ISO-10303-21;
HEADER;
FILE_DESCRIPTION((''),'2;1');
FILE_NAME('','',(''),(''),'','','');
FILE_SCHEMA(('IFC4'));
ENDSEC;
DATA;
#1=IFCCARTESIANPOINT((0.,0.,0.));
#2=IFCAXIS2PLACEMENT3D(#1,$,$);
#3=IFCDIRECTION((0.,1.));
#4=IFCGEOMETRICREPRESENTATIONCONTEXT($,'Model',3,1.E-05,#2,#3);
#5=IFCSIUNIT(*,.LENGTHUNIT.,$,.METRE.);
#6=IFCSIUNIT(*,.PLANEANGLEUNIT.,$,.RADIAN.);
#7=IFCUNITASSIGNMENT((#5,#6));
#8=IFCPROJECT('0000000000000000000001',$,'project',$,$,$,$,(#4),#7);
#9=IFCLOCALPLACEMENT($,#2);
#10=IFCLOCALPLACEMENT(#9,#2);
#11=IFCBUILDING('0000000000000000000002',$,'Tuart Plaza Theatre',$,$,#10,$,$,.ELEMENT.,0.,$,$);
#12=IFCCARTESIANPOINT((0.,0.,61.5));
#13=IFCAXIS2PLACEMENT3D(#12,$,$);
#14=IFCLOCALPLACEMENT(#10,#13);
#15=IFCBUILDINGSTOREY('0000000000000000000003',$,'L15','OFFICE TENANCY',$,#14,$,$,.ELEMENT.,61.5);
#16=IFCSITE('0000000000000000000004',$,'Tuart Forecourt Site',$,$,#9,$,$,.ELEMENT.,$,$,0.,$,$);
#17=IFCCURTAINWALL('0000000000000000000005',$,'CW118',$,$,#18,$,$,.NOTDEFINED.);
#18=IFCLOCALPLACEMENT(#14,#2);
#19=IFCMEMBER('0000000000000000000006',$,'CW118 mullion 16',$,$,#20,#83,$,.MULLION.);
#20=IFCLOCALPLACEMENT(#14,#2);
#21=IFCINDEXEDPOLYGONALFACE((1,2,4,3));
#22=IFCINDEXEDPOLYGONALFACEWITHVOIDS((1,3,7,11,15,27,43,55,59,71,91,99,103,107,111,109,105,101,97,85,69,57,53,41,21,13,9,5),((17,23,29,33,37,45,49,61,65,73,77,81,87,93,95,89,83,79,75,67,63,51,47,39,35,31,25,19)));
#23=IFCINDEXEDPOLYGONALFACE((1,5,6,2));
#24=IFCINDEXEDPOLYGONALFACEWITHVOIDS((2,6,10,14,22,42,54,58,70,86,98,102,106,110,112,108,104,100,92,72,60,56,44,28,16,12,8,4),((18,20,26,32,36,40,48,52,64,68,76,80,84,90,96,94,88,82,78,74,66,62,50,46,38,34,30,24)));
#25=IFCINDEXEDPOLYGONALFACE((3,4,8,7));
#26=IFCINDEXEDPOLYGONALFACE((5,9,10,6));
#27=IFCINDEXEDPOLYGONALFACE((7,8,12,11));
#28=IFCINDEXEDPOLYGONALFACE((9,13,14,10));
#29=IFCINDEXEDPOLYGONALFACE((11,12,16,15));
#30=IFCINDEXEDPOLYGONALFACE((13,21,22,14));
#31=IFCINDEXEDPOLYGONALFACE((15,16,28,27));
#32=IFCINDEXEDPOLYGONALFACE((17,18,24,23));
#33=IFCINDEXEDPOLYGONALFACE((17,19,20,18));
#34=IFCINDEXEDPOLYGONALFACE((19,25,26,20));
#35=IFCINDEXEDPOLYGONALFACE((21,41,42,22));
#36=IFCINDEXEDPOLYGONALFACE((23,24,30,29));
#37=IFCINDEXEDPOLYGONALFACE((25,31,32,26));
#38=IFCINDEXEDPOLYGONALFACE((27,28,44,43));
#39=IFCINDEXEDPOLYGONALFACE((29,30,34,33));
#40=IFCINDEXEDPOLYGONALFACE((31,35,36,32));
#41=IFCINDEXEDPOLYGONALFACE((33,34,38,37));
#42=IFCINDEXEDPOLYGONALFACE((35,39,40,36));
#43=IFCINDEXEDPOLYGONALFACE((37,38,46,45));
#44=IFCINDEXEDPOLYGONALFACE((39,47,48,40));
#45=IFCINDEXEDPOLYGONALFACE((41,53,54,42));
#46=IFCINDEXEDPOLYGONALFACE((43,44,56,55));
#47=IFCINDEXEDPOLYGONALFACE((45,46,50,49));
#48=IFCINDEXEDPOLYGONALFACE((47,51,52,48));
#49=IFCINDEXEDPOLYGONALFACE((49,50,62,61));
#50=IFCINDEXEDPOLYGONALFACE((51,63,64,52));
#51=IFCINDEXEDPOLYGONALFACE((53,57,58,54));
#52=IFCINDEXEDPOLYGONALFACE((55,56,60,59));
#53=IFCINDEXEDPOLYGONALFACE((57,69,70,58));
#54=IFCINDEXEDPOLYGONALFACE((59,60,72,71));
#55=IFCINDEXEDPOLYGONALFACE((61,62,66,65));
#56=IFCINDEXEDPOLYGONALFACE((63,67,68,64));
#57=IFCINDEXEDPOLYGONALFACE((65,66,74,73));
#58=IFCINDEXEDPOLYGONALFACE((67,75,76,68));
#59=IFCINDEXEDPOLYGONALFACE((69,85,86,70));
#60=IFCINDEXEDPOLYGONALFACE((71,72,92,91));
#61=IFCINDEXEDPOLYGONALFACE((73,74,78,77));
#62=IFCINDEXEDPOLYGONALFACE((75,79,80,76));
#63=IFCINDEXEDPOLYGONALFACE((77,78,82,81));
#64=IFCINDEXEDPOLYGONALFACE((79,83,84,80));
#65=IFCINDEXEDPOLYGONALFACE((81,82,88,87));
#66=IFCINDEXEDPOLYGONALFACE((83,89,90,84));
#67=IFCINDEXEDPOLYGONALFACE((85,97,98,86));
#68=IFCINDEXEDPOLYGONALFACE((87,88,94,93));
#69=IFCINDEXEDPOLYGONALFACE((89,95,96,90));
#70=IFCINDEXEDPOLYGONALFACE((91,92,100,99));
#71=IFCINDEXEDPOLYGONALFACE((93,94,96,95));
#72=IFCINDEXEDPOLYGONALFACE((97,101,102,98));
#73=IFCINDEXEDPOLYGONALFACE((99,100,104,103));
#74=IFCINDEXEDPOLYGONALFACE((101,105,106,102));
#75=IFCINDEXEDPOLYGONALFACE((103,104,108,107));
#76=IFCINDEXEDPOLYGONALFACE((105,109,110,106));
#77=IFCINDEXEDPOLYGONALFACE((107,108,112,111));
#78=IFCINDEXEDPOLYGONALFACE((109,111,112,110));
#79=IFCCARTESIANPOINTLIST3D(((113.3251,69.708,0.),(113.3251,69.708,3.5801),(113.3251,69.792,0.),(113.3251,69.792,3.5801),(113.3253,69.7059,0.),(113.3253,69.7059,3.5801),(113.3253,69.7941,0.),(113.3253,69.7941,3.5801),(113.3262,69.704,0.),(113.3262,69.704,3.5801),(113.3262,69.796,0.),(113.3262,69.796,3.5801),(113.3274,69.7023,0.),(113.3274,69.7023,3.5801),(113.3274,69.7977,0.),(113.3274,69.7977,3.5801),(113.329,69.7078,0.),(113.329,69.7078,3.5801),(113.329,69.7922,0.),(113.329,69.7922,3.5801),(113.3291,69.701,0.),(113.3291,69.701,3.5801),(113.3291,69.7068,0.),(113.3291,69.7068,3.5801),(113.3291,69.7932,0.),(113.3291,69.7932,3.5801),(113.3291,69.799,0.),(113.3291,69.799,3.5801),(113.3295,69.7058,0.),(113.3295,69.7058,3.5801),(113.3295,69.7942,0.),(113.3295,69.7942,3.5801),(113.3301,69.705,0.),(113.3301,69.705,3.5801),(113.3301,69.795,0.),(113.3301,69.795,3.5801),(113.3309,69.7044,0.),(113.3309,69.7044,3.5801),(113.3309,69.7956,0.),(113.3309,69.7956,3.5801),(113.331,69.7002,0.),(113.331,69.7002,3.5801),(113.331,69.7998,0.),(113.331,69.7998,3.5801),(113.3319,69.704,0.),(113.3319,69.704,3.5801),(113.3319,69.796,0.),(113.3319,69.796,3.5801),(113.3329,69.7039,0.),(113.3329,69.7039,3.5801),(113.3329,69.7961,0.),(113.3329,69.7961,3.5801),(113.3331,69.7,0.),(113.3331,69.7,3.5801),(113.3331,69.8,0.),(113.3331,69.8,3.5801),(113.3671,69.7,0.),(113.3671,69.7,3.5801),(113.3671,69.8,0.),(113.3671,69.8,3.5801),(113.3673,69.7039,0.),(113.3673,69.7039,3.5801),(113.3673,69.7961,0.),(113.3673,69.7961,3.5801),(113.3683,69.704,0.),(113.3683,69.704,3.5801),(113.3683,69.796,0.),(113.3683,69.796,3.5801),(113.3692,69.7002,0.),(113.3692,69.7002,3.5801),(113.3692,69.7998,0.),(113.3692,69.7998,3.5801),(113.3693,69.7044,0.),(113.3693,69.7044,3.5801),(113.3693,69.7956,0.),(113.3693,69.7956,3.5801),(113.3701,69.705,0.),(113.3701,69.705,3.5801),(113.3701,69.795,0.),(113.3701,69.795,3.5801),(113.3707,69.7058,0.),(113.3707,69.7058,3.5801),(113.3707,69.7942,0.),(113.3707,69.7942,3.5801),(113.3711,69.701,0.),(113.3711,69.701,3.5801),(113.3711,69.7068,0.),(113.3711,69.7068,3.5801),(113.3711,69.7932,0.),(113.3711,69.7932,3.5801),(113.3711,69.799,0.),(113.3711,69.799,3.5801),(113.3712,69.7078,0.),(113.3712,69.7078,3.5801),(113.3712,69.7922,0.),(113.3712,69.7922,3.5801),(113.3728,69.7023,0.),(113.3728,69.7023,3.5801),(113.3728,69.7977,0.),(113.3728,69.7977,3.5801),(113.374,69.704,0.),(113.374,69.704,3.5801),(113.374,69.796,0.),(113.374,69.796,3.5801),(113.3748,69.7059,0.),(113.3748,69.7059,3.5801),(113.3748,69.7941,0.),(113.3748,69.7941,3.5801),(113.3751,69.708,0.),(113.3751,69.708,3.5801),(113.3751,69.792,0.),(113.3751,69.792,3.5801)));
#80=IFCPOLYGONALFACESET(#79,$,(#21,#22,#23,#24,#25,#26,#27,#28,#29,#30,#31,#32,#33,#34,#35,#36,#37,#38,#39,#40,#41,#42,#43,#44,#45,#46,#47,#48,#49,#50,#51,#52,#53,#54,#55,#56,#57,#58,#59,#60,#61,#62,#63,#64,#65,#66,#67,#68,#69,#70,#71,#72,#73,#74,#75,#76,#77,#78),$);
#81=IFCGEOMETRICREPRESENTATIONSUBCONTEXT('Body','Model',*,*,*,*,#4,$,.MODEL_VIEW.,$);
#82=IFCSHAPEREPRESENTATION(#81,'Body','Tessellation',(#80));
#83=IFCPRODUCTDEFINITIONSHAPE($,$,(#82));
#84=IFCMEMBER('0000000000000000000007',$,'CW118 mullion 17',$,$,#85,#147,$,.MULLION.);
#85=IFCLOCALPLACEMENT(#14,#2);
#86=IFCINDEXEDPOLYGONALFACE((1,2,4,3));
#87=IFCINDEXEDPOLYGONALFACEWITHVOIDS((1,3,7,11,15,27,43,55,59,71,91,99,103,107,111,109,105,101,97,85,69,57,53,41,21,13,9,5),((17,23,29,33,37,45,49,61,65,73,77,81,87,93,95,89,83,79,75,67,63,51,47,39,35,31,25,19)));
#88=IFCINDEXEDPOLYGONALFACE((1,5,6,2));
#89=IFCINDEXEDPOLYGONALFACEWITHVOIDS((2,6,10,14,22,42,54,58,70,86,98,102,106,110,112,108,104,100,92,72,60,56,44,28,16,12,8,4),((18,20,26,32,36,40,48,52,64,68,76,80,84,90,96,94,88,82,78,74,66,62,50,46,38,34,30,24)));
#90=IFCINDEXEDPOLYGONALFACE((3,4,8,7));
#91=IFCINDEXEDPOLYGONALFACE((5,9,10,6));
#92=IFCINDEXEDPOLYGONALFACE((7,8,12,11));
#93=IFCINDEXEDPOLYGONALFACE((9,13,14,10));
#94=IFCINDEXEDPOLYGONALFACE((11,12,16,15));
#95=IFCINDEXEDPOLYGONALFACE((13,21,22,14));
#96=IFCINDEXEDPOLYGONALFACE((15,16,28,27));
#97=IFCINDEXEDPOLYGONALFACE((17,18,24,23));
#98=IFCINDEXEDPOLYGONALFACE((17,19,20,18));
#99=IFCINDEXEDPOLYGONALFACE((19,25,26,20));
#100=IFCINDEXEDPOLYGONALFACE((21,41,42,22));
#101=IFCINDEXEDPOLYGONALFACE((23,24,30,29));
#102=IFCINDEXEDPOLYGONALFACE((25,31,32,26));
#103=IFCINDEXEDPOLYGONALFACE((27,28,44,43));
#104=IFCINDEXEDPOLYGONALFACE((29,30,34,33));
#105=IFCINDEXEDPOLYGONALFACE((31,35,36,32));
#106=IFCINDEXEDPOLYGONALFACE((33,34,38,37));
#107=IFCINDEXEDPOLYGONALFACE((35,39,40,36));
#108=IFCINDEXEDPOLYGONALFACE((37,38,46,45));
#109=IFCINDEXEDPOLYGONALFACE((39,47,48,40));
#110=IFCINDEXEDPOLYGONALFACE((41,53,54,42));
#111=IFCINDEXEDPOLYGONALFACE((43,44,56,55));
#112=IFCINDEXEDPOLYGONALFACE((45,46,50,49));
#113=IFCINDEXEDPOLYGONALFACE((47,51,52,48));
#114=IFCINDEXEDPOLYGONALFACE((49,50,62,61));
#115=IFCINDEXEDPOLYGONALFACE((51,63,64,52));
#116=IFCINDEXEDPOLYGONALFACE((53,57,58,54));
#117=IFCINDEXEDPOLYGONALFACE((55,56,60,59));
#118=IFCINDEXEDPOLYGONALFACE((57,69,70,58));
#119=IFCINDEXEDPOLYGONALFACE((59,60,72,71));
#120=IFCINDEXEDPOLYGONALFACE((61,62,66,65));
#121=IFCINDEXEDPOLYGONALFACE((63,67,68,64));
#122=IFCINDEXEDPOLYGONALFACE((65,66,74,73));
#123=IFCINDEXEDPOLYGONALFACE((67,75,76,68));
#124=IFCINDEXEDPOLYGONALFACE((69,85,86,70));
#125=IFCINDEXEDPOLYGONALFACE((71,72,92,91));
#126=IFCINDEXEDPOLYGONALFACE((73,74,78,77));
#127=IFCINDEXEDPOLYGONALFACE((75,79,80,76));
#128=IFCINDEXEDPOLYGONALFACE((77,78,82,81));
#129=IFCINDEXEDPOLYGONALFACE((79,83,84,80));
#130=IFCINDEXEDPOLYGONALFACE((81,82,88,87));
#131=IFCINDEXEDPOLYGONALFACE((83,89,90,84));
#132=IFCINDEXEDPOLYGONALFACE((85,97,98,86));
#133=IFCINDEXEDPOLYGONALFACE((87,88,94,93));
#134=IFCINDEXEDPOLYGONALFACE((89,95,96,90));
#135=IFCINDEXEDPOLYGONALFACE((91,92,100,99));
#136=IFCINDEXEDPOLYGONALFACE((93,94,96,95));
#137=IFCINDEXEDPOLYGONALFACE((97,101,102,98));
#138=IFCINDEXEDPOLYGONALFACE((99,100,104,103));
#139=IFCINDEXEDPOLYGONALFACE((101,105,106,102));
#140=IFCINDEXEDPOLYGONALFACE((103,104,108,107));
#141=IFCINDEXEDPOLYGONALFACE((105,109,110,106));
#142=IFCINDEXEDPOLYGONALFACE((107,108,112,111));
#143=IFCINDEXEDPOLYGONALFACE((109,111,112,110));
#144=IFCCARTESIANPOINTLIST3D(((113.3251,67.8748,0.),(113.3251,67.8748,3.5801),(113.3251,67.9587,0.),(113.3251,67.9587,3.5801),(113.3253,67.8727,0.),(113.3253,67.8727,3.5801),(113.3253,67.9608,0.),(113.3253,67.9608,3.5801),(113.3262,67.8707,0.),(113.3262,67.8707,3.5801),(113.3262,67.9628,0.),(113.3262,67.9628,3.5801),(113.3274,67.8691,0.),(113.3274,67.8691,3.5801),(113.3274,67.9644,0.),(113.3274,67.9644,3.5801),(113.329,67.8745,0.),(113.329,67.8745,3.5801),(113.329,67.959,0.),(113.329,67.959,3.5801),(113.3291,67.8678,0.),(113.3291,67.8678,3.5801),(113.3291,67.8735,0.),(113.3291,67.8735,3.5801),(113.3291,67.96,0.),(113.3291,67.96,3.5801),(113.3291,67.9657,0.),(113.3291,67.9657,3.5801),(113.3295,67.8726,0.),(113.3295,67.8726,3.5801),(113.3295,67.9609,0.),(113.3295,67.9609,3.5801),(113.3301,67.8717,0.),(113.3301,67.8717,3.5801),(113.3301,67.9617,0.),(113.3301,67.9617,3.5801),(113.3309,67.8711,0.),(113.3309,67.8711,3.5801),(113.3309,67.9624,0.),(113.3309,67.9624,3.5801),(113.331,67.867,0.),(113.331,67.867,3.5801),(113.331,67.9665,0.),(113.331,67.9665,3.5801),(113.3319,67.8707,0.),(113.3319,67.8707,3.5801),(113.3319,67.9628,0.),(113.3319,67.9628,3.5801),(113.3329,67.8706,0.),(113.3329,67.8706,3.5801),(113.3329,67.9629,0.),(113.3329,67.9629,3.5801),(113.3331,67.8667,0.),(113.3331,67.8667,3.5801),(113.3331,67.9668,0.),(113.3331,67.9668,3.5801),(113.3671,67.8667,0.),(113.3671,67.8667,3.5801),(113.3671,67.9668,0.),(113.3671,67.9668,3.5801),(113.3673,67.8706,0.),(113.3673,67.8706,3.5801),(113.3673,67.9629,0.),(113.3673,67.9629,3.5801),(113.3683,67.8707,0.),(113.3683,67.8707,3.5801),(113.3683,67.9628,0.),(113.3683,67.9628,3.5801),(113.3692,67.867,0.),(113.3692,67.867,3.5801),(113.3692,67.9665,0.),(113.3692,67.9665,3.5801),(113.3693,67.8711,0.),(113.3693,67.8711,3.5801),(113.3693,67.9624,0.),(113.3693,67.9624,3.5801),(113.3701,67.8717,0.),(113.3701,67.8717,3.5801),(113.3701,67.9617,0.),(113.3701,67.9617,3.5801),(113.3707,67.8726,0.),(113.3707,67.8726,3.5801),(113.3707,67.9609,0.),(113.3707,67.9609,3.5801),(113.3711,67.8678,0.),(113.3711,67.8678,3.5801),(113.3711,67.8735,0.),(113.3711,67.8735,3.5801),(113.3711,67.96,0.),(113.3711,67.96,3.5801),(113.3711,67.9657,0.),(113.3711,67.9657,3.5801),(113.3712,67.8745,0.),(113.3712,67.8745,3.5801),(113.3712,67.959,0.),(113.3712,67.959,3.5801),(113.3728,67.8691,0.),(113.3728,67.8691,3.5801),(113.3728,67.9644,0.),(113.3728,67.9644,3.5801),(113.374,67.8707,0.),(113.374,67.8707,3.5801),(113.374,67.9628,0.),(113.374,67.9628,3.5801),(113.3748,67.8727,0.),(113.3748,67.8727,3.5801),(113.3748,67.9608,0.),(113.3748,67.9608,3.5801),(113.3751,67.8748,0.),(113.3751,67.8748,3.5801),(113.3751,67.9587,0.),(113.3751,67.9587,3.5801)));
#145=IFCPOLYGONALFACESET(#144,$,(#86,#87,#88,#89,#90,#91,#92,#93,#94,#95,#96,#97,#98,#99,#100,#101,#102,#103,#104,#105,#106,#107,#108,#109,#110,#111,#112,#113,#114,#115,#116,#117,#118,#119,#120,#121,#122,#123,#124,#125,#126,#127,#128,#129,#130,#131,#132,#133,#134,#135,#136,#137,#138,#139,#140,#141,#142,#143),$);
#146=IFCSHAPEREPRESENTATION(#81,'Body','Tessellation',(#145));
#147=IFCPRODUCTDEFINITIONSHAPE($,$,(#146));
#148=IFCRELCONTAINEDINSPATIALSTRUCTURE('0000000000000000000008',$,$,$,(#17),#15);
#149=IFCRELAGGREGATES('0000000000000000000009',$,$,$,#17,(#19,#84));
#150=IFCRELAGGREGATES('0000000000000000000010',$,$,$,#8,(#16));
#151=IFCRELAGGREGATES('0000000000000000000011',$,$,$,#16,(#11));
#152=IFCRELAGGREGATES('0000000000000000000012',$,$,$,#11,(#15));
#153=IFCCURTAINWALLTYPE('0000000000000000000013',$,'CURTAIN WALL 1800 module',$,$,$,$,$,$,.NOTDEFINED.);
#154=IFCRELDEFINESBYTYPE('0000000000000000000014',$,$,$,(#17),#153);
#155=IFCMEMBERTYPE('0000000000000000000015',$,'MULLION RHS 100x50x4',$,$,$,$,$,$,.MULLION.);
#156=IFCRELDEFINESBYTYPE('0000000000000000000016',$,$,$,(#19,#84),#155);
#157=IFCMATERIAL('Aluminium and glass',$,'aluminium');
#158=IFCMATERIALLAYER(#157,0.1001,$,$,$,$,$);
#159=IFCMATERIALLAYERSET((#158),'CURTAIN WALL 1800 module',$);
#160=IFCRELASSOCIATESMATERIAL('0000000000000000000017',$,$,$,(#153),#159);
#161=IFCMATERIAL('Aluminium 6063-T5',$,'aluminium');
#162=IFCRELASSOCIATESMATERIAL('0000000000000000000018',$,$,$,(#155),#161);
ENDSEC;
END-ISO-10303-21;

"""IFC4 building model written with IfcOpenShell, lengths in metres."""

from ifc_helpers import new_model, si_unit, direction, frame, origin, origin_2d, place, context, subcontext, project, spatial, hollow_rectangle, extrude, material, layer, layer_set, material_profile, profile_set, type_object, element, aggregate, save


model = new_model("IFC4")

# Units and contexts
model_context = context("Model", 3, precision=1e-05, world=origin(), true_north=direction((0.0, 1.0)))
body_context = subcontext(model_context, "Body", "Model", "MODEL_VIEW")
ifc_project = project(units=[si_unit("LENGTHUNIT", "METRE"), si_unit("PLANEANGLEUNIT", "RADIAN")], contexts=[model_context])

# Site, building, storey
site_placement = place(None, origin())
site = spatial("IfcSite", under=ifc_project, at=site_placement, Name="Tuart Forecourt Site", CompositionType="ELEMENT", RefElevation=0.0)
building_placement = place(site_placement, origin())
building = spatial("IfcBuilding", under=site, at=building_placement, Name="Tuart Plaza Theatre", CompositionType="ELEMENT", ElevationOfRefHeight=0.0)
storey_placement = place(building_placement, frame((0.0, 0.0, 61.5)))
storey = spatial("IfcBuildingStorey", under=building, at=storey_placement, Name="L15", Description="OFFICE TENANCY", CompositionType="ELEMENT", Elevation=61.5)

# Curtain wall, members
ifc_material_1 = material(Name="Aluminium and glass", Category="aluminium")
ifc_layer_1 = layer(ifc_material_1, 0.1001)
ifc_layer_set_1 = layer_set([ifc_layer_1], Name="CURTAIN WALL 1800 module")
curtain_wall_type = type_object("IfcCurtainWallType", Name="CURTAIN WALL 1800 module", PredefinedType="NOTDEFINED", material=ifc_layer_set_1)
curtain_wall_placement = place(storey_placement, origin())
curtain_wall = element("IfcCurtainWall", 1, at=curtain_wall_placement, inside=storey, type_object=curtain_wall_type, Name="CW118", PredefinedType="NOTDEFINED")
ifc_material_2 = material(Name="Aluminium 6063-T5", Category="aluminium")
ifc_material_profile_1 = material_profile(ifc_material_2, hollow_rectangle(XDim=0.05, YDim=0.1001, WallThickness=0.0039, InnerFilletRadius=0.0039, OuterFilletRadius=0.0081, at=origin_2d()), Name="RHS 100x50x4")
ifc_profile_set_1 = profile_set([ifc_material_profile_1], Name="Aluminium 6063-T5")
member_type_1 = type_object("IfcMemberType", Name="MULLION RHS 100x50x4", PredefinedType="MULLION", material=ifc_profile_set_1)
member_1_placement = place(storey_placement, frame((113.3501, 69.75, 0.0), z_axis=(0.0, 0.0, 1.0), x_axis=(1.0, 0.0, 0.0)))
member_1 = element("IfcMember", 2, at=member_1_placement, type_object=member_type_1, Name="CW118 mullion 16", PredefinedType="MULLION", context=body_context, shape_type="SweptSolid", body=[
    extrude(hollow_rectangle(XDim=0.05, YDim=0.1001, WallThickness=0.0039, InnerFilletRadius=0.0039, OuterFilletRadius=0.0081, at=origin_2d()), origin(), (0.0, 0.0, 1.0), 3.5801),
])
member_2_placement = place(storey_placement, frame((113.3501, 67.9167, 0.0), z_axis=(0.0, 0.0, 1.0), x_axis=(1.0, 0.0, 0.0)))
member_2 = element("IfcMember", 3, at=member_2_placement, type_object=member_type_1, Name="CW118 mullion 17", PredefinedType="MULLION", context=body_context, shape_type="SweptSolid", body=[
    extrude(hollow_rectangle(XDim=0.05, YDim=0.1001, WallThickness=0.0039, InnerFilletRadius=0.0039, OuterFilletRadius=0.0081, at=origin_2d()), origin(), (0.0, 0.0, 1.0), 3.5801),
])
aggregate(curtain_wall, [member_1, member_2])

save(model, "model.ifc")
